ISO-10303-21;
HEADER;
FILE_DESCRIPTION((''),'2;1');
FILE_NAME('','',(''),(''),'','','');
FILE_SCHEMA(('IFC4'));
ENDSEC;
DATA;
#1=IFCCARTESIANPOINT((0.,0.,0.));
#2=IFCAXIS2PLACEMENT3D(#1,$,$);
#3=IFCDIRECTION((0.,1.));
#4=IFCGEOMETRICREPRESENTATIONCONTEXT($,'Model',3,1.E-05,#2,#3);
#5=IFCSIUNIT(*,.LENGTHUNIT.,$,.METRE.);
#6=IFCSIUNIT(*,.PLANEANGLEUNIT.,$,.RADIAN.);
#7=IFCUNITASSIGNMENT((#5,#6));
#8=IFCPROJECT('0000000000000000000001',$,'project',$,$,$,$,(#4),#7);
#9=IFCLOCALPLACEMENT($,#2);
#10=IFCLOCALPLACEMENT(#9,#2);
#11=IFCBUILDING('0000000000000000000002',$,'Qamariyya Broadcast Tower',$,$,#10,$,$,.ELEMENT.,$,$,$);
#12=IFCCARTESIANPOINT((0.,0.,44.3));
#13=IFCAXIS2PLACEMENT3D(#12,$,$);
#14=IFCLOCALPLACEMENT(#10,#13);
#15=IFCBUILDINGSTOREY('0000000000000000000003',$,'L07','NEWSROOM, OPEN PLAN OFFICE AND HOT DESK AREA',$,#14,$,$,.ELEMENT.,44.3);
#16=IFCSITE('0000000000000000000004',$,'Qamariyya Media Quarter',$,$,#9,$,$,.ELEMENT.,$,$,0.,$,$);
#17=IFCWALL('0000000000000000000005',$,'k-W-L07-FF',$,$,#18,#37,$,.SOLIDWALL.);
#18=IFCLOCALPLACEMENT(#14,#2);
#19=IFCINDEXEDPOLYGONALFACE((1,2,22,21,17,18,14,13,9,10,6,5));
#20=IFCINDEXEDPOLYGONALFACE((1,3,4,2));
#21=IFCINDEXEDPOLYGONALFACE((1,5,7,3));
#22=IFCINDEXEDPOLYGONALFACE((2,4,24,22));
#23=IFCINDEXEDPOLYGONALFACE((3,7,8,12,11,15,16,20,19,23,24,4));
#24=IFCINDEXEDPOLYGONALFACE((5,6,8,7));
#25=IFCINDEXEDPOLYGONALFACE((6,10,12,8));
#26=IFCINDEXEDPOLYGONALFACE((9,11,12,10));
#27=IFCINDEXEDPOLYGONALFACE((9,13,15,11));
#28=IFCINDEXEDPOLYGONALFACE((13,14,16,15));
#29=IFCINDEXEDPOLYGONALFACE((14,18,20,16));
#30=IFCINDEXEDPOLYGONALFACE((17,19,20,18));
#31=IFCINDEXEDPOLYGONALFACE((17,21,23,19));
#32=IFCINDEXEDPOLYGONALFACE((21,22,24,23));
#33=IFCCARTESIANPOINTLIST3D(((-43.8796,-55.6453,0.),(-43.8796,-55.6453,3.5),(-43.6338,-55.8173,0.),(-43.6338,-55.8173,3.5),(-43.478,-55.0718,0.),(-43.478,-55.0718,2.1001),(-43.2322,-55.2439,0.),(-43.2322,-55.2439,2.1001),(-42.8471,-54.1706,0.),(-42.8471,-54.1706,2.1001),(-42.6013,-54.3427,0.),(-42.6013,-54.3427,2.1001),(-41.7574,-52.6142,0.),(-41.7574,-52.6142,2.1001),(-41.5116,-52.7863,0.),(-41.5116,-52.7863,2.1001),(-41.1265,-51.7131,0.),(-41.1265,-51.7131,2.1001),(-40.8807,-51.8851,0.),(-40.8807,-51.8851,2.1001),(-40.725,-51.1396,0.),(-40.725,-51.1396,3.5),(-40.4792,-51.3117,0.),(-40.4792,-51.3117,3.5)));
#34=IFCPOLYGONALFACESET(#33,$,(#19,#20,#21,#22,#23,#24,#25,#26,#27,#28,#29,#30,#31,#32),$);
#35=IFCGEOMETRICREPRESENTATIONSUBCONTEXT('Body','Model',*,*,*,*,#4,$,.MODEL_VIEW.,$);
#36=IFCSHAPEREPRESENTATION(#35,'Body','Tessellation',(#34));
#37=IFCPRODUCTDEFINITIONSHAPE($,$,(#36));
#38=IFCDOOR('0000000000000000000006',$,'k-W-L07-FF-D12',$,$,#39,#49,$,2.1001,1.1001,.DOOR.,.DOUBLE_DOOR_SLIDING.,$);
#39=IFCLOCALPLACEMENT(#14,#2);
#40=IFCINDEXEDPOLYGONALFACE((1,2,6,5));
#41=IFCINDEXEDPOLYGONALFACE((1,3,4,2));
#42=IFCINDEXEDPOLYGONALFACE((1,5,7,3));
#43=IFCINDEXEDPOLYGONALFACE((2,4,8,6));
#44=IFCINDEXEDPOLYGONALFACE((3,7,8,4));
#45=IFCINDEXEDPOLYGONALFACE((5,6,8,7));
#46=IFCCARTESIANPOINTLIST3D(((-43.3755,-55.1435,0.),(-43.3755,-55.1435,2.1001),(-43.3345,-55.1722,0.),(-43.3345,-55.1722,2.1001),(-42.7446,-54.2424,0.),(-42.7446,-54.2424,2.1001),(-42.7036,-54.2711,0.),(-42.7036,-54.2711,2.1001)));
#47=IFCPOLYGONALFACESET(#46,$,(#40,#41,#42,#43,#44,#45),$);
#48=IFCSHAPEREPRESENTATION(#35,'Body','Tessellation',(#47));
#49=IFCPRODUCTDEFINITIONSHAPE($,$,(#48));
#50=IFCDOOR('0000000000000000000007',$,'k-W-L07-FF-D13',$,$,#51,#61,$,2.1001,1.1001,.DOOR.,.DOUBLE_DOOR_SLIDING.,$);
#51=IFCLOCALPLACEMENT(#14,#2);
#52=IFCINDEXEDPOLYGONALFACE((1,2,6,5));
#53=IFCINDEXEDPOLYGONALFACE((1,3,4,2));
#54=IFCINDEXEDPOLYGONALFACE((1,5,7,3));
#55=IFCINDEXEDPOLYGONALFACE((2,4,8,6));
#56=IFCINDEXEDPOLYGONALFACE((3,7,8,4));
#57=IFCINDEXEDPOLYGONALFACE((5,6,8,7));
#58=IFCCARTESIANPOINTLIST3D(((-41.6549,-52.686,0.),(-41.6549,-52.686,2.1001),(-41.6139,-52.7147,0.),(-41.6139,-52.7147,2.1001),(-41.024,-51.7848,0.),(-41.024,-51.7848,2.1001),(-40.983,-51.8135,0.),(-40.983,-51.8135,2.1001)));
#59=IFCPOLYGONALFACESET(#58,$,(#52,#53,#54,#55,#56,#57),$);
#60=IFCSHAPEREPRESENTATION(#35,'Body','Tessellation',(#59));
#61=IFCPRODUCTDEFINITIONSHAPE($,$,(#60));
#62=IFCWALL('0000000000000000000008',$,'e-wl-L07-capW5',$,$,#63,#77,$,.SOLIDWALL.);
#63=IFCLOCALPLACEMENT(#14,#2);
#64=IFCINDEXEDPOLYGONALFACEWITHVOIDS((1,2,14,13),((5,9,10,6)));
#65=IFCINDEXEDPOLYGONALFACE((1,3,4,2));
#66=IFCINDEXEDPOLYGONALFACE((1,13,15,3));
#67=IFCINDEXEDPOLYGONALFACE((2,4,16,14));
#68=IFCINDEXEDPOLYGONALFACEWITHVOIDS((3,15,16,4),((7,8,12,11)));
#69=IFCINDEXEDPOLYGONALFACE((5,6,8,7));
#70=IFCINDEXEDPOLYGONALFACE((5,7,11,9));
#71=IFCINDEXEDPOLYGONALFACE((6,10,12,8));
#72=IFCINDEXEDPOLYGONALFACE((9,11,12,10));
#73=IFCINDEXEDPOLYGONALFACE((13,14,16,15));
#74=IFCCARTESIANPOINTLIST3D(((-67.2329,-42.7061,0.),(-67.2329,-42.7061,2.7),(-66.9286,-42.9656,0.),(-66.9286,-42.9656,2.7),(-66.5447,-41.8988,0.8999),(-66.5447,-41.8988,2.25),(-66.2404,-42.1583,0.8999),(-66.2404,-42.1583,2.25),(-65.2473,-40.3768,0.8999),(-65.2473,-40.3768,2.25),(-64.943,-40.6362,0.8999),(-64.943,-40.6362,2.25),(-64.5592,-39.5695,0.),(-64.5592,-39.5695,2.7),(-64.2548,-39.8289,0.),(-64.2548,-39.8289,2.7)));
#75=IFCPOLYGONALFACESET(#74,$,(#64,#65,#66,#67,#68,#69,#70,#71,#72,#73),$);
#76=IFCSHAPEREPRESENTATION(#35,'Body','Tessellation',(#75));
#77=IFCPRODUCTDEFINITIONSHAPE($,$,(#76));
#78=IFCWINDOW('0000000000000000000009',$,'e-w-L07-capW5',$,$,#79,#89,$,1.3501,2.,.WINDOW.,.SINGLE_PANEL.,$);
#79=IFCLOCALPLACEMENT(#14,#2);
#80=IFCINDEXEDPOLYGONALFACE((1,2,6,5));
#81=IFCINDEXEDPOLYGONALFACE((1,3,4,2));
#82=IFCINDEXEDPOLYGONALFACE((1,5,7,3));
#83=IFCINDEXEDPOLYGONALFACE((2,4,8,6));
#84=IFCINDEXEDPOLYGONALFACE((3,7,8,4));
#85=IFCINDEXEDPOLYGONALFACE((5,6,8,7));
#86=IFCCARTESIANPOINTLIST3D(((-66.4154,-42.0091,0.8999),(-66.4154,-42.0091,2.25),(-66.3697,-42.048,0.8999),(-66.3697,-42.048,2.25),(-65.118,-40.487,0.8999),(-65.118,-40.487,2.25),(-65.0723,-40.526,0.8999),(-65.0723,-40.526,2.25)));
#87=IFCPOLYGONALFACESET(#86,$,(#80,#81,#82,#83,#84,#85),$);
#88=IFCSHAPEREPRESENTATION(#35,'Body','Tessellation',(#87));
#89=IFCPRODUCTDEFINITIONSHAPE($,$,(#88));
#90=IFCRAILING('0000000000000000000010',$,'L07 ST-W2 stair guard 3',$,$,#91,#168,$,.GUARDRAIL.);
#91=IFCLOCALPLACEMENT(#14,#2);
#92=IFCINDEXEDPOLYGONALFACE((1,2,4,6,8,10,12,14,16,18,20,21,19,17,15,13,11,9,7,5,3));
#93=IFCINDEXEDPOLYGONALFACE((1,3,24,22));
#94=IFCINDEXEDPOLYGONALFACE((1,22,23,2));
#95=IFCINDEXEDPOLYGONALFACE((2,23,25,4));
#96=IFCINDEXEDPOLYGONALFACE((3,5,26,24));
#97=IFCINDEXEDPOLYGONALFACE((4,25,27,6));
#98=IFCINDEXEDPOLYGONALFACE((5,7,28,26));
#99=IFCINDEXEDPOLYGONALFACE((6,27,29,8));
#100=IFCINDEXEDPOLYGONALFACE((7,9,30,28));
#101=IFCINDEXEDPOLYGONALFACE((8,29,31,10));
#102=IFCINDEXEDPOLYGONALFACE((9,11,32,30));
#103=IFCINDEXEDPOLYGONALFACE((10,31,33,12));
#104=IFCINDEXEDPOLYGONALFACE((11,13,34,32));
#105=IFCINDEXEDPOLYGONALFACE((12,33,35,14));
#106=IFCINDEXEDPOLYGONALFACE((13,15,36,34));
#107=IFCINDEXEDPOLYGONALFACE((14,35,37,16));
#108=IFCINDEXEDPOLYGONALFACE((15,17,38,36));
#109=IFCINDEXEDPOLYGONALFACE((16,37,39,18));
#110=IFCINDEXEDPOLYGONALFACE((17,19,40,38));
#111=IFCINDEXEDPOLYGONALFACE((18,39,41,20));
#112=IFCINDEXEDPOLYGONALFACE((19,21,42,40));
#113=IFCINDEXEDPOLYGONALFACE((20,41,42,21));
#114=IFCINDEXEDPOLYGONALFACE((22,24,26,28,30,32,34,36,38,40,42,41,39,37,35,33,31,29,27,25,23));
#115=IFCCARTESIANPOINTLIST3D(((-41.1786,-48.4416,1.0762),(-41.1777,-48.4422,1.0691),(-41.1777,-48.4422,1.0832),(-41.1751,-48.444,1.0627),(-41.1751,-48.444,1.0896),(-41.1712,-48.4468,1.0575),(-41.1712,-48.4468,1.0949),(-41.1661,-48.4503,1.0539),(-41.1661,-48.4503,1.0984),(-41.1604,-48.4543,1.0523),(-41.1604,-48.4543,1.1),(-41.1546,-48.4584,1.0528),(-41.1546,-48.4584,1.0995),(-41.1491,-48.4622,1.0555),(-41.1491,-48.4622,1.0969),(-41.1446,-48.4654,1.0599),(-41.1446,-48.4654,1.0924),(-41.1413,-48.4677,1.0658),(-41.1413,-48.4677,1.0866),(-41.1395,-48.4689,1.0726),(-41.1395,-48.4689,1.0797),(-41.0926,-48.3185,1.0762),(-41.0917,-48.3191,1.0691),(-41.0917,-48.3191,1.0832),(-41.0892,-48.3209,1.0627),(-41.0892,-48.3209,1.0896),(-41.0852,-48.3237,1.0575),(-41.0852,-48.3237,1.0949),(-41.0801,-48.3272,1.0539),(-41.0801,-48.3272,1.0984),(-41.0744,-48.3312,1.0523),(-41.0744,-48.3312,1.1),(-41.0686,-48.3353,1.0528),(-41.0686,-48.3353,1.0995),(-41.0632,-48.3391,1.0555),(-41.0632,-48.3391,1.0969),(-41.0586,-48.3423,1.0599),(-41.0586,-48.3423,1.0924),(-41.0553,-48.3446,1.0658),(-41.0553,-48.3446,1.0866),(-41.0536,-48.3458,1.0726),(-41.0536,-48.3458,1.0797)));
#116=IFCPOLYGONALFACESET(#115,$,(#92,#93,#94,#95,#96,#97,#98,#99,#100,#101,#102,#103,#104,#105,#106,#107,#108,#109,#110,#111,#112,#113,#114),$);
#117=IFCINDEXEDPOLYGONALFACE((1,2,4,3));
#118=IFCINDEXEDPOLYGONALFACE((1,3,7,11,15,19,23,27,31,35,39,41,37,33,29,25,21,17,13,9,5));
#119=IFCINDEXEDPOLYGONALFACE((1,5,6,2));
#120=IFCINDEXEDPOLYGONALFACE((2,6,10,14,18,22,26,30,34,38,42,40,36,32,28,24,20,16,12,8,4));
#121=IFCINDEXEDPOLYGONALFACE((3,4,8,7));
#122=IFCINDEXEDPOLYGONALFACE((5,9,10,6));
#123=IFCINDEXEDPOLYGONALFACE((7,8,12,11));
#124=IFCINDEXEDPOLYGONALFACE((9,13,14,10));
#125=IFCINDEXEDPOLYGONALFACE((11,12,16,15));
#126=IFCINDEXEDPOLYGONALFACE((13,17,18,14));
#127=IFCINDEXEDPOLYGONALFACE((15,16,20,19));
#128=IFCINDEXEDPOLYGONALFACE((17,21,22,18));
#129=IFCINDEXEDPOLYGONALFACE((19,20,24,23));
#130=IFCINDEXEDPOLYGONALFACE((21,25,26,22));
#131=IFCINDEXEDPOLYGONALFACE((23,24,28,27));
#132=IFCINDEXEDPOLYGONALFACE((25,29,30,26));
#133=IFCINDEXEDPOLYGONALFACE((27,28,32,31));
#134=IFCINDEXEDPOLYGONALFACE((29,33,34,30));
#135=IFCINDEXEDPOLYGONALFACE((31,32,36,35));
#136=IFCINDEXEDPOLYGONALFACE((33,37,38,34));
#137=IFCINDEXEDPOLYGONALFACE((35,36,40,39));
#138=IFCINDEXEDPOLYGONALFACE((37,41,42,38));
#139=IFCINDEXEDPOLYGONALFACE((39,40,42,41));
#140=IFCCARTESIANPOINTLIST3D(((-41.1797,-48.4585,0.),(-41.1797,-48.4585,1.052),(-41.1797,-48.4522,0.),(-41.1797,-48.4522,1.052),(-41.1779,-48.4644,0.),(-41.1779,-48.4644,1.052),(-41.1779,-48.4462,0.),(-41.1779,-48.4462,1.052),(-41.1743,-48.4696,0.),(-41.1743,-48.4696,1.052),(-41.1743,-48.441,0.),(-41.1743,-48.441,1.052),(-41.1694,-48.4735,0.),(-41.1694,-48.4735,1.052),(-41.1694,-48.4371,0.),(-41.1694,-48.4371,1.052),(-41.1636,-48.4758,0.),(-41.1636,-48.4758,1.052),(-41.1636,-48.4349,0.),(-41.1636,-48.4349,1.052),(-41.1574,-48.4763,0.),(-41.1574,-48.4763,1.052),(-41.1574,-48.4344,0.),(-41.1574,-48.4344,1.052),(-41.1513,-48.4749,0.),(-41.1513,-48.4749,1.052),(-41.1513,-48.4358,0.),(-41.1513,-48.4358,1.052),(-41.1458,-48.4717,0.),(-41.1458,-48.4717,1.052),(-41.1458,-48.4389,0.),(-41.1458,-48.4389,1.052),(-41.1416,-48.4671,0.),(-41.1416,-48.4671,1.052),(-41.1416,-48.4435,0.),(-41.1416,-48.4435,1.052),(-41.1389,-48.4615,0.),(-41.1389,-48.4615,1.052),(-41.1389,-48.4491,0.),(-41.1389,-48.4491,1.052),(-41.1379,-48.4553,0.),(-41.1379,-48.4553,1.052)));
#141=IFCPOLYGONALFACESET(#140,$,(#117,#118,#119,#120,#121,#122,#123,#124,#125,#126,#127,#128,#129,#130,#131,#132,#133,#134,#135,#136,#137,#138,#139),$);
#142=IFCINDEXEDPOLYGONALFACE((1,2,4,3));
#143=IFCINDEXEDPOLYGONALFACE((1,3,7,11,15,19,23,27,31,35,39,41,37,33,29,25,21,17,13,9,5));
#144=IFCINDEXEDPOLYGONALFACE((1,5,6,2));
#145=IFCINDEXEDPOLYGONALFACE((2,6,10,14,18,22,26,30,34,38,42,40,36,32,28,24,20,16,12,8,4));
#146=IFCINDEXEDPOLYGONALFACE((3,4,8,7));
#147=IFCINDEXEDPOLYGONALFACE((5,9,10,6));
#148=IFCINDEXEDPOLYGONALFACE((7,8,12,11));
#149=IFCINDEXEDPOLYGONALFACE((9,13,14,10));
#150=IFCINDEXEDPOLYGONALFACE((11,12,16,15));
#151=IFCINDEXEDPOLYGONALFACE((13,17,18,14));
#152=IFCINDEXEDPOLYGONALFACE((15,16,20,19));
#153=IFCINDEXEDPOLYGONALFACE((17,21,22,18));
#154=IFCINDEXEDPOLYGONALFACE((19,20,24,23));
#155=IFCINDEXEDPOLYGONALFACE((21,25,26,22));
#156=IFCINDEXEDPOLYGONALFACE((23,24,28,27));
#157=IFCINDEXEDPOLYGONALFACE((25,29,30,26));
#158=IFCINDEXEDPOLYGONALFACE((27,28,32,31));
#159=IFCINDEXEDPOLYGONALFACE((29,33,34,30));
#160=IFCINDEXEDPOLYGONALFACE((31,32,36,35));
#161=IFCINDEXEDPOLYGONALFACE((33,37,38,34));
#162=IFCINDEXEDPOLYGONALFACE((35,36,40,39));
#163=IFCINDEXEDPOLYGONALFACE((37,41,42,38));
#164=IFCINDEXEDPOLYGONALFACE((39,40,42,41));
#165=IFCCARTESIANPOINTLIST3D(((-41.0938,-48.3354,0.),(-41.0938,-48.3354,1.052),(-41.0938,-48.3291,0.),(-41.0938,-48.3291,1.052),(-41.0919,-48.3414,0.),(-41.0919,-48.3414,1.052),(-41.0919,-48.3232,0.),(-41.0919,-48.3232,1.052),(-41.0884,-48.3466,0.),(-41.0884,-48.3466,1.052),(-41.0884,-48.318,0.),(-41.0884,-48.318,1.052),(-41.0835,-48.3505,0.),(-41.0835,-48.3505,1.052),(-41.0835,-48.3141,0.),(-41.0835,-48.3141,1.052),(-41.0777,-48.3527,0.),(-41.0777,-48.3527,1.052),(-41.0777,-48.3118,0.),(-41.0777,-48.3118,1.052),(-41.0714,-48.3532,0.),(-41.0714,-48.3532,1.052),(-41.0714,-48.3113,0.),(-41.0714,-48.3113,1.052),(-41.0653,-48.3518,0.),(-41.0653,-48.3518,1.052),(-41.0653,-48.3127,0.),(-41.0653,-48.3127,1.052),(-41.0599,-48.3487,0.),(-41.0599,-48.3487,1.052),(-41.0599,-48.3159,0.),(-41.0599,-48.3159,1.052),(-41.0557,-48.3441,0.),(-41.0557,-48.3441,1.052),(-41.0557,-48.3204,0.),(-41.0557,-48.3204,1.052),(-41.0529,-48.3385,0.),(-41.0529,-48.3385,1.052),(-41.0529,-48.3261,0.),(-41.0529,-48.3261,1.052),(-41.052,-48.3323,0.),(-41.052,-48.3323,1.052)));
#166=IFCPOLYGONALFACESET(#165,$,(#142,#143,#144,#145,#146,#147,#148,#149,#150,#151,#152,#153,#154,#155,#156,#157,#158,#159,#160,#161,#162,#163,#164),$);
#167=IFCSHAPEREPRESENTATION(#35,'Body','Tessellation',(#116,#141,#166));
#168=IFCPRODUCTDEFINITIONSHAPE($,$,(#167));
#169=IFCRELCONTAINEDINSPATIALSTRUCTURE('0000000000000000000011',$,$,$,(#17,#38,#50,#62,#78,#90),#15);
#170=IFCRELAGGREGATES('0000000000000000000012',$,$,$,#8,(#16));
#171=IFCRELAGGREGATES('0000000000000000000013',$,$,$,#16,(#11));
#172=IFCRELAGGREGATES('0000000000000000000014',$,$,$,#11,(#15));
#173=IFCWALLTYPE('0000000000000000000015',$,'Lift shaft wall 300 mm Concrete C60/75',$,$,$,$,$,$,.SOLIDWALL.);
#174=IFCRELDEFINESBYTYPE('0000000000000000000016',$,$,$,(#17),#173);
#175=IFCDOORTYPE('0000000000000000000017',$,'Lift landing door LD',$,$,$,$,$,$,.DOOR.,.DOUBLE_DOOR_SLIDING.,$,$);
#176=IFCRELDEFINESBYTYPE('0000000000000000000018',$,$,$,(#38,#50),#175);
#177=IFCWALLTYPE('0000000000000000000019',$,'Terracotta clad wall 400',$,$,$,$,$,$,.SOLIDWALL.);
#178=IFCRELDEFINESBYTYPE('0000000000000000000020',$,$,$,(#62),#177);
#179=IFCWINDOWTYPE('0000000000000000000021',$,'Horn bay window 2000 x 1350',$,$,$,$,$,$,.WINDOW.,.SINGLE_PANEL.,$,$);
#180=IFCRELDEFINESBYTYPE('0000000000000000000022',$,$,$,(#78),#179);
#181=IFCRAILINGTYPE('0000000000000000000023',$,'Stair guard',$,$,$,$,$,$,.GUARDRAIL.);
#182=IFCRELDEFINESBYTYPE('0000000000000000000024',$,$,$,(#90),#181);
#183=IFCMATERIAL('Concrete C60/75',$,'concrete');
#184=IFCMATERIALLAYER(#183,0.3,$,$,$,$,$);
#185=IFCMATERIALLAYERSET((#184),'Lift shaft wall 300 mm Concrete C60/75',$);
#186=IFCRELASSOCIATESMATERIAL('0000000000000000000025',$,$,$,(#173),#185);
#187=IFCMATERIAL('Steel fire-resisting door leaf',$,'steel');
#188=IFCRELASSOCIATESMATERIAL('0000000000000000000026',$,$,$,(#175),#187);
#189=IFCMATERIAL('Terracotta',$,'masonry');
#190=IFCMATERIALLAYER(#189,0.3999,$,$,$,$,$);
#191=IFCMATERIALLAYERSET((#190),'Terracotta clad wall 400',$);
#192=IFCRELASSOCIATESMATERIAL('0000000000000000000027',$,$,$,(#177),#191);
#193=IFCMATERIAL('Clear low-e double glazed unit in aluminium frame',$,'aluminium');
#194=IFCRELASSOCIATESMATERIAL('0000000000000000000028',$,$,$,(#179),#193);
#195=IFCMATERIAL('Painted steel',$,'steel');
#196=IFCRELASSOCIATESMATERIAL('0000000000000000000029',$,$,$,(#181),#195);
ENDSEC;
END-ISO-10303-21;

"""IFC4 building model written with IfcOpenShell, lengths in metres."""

from ifc_helpers import new_model, si_unit, direction, frame, frame_2d, origin, origin_2d, place, context, subcontext, project, spatial, rectangle, circle, extrude, material, layer, layer_set, type_object, element, fill, save


model = new_model("IFC4")

# Units and contexts
model_context = context("Model", 3, precision=1e-05, world=origin(), true_north=direction((0.0, 1.0)))
body_context = subcontext(model_context, "Body", "Model", "MODEL_VIEW")
ifc_project = project(units=[si_unit("LENGTHUNIT", "METRE"), si_unit("PLANEANGLEUNIT", "RADIAN")], contexts=[model_context])

# Site, building, storey
site_placement = place(None, origin())
site = spatial("IfcSite", under=ifc_project, at=site_placement, Name="Qamariyya Media Quarter", CompositionType="ELEMENT", RefElevation=0.0)
building_placement = place(site_placement, origin())
building = spatial("IfcBuilding", under=site, at=building_placement, Name="Qamariyya Broadcast Tower", CompositionType="ELEMENT")
storey_placement = place(building_placement, frame((0.0, 0.0, 44.3)))
storey = spatial("IfcBuildingStorey", under=building, at=storey_placement, Name="L07", Description="NEWSROOM, OPEN PLAN OFFICE AND HOT DESK AREA", CompositionType="ELEMENT", Elevation=44.3)

# Wall, openings, doors
ifc_material_1 = material(Name="Concrete C60/75", Category="concrete")
ifc_layer_1 = layer(ifc_material_1, 0.3)
ifc_layer_set_1 = layer_set([ifc_layer_1], Name="Lift shaft wall 300 mm Concrete C60/75")
wall_type_1 = type_object("IfcWallType", Name="Lift shaft wall 300 mm Concrete C60/75", PredefinedType="SOLIDWALL", material=ifc_layer_set_1)
wall_1_placement = place(storey_placement, frame((-43.7566, -55.7312, 0.0), z_axis=(0.0, 0.0, 1.0), x_axis=(0.573537, 0.81918, 0.0)))
wall_1 = element("IfcWall", 1, at=wall_1_placement, inside=storey, type_object=wall_type_1, Name="k-W-L07-FF", PredefinedType="SOLIDWALL", context=body_context, shape_type="SweptSolid", body=[
    extrude(rectangle(XDim=5.5002, YDim=0.3, at=frame_2d((2.75, 0.0))), origin(), (0.0, 0.0, 1.0), 3.5),
])
opening_1_placement = place(wall_1_placement, frame((0.7, 0.0, 0.0)))
opening_1 = element("IfcOpeningElement", 2, at=opening_1_placement, cuts=wall_1, PredefinedType="OPENING", context=body_context, shape_type="SweptSolid", body=[
    extrude(rectangle(XDim=1.1001, YDim=2.1001, at=frame_2d((0.55, 1.05))), frame((0.0, 0.1599, 0.0), z_axis=(0.0, -1.0, 0.0), x_axis=(1.0, 0.0, 0.0)), (0.0, 0.0, 1.0), 0.3201),
])
opening_2_placement = place(wall_1_placement, frame((3.7, 0.0, 0.0)))
opening_2 = element("IfcOpeningElement", 3, at=opening_2_placement, cuts=wall_1, PredefinedType="OPENING", context=body_context, shape_type="SweptSolid", body=[
    extrude(rectangle(XDim=1.1001, YDim=2.1001, at=frame_2d((0.55, 1.05))), frame((0.0, 0.1599, 0.0), z_axis=(0.0, -1.0, 0.0), x_axis=(1.0, 0.0, 0.0)), (0.0, 0.0, 1.0), 0.3201),
])
ifc_material_2 = material(Name="Steel fire-resisting door leaf", Category="steel")
door_type = type_object("IfcDoorType", Name="Lift landing door LD", OperationType="DOUBLE_DOOR_SLIDING", PredefinedType="DOOR", material=ifc_material_2)
door_1_placement = place(opening_1_placement, origin())
door_1 = element("IfcDoor", 4, at=door_1_placement, inside=storey, type_object=door_type, Name="k-W-L07-FF-D12", OperationType="DOUBLE_DOOR_SLIDING", OverallHeight=2.1001, OverallWidth=1.1001, PredefinedType="DOOR", context=body_context, shape_type="SweptSolid", body=[
    extrude(rectangle(XDim=1.1001, YDim=2.1001, at=frame_2d((0.55, 1.05))), frame((0.0, 0.0249, 0.0), z_axis=(0.0, -1.0, 0.0), x_axis=(1.0, 0.0, 0.0)), (0.0, 0.0, 1.0), 0.05),
])
fill(opening_1, door_1)
door_2_placement = place(opening_2_placement, origin())
door_2 = element("IfcDoor", 5, at=door_2_placement, inside=storey, type_object=door_type, Name="k-W-L07-FF-D13", OperationType="DOUBLE_DOOR_SLIDING", OverallHeight=2.1001, OverallWidth=1.1001, PredefinedType="DOOR", context=body_context, shape_type="SweptSolid", body=[
    extrude(rectangle(XDim=1.1001, YDim=2.1001, at=frame_2d((0.55, 1.05))), frame((0.0, 0.0249, 0.0), z_axis=(0.0, -1.0, 0.0), x_axis=(1.0, 0.0, 0.0)), (0.0, 0.0, 1.0), 0.05),
])
fill(opening_2, door_2)

# Wall, opening, window
ifc_material_3 = material(Name="Terracotta", Category="masonry")
ifc_layer_2 = layer(ifc_material_3, 0.3999)
ifc_layer_set_2 = layer_set([ifc_layer_2], Name="Terracotta clad wall 400")
wall_type_2 = type_object("IfcWallType", Name="Terracotta clad wall 400", PredefinedType="SOLIDWALL", material=ifc_layer_set_2)
wall_2_placement = place(storey_placement, frame((-64.407, -39.6992, 0.0), z_axis=(0.0, 0.0, 1.0), x_axis=(-0.648721, -0.761027, 0.0)))
wall_2 = element("IfcWall", 6, at=wall_2_placement, inside=storey, type_object=wall_type_2, Name="e-wl-L07-capW5", PredefinedType="SOLIDWALL", context=body_context, shape_type="SweptSolid", body=[
    extrude(rectangle(XDim=4.1216, YDim=0.3999, at=frame_2d((2.0608, 0.0))), origin(), (0.0, 0.0, 1.0), 2.7),
])
opening_3_placement = place(wall_2_placement, frame((1.0608, 0.0, 0.8999)))
opening_3 = element("IfcOpeningElement", 7, at=opening_3_placement, cuts=wall_2, PredefinedType="OPENING", context=body_context, shape_type="SweptSolid", body=[
    extrude(rectangle(XDim=2.0, YDim=1.3501, at=frame_2d((1.0, 0.675))), frame((0.0, 0.21, 0.0), z_axis=(0.0, -1.0, 0.0), x_axis=(1.0, 0.0, 0.0)), (0.0, 0.0, 1.0), 0.4199),
])
ifc_material_4 = material(Name="Clear low-e double glazed unit in aluminium frame", Category="aluminium")
window_type = type_object("IfcWindowType", Name="Horn bay window 2000 x 1350", PartitioningType="SINGLE_PANEL", PredefinedType="WINDOW", material=ifc_material_4)
window_placement = place(opening_3_placement, origin())
window = element("IfcWindow", 8, at=window_placement, inside=storey, type_object=window_type, Name="e-w-L07-capW5", OverallHeight=1.3501, OverallWidth=2.0, PartitioningType="SINGLE_PANEL", PredefinedType="WINDOW", context=body_context, shape_type="SweptSolid", body=[
    extrude(rectangle(XDim=2.0, YDim=1.3501, at=frame_2d((1.0, 0.675))), frame((0.0, 0.03, 0.0), z_axis=(0.0, -1.0, 0.0), x_axis=(1.0, 0.0, 0.0)), (0.0, 0.0, 1.0), 0.0601),
])
fill(opening_3, window)

# Railing
ifc_material_5 = material(Name="Painted steel", Category="steel")
railing_type_1 = type_object("IfcRailingType", Name="Stair guard", PredefinedType="GUARDRAIL", material=ifc_material_5)
railing_1_placement = place(storey_placement, frame((-41.1589, -48.4553, 0.0)))
element("IfcRailing", 9, at=railing_1_placement, inside=storey, type_object=railing_type_1, Name="L07 ST-W2 stair guard 3", PredefinedType="GUARDRAIL", context=body_context, shape_type="SweptSolid", body=[
    extrude(circle(Radius=0.0239, at=origin_2d()), frame((0.0, 0.0, 1.0762), z_axis=(0.572589, 0.819843, 0.0), x_axis=(-0.819843, 0.572589, 0.0)), (0.0, 0.0, 1.0), 0.1501),
    extrude(circle(Radius=0.021, at=origin_2d()), origin(), (0.0, 0.0, 1.0), 1.052),
    extrude(circle(Radius=0.021, at=origin_2d()), frame((0.0859, 0.123, 0.0)), (0.0, 0.0, 1.0), 1.052),
])

save(model, "model.ifc")
